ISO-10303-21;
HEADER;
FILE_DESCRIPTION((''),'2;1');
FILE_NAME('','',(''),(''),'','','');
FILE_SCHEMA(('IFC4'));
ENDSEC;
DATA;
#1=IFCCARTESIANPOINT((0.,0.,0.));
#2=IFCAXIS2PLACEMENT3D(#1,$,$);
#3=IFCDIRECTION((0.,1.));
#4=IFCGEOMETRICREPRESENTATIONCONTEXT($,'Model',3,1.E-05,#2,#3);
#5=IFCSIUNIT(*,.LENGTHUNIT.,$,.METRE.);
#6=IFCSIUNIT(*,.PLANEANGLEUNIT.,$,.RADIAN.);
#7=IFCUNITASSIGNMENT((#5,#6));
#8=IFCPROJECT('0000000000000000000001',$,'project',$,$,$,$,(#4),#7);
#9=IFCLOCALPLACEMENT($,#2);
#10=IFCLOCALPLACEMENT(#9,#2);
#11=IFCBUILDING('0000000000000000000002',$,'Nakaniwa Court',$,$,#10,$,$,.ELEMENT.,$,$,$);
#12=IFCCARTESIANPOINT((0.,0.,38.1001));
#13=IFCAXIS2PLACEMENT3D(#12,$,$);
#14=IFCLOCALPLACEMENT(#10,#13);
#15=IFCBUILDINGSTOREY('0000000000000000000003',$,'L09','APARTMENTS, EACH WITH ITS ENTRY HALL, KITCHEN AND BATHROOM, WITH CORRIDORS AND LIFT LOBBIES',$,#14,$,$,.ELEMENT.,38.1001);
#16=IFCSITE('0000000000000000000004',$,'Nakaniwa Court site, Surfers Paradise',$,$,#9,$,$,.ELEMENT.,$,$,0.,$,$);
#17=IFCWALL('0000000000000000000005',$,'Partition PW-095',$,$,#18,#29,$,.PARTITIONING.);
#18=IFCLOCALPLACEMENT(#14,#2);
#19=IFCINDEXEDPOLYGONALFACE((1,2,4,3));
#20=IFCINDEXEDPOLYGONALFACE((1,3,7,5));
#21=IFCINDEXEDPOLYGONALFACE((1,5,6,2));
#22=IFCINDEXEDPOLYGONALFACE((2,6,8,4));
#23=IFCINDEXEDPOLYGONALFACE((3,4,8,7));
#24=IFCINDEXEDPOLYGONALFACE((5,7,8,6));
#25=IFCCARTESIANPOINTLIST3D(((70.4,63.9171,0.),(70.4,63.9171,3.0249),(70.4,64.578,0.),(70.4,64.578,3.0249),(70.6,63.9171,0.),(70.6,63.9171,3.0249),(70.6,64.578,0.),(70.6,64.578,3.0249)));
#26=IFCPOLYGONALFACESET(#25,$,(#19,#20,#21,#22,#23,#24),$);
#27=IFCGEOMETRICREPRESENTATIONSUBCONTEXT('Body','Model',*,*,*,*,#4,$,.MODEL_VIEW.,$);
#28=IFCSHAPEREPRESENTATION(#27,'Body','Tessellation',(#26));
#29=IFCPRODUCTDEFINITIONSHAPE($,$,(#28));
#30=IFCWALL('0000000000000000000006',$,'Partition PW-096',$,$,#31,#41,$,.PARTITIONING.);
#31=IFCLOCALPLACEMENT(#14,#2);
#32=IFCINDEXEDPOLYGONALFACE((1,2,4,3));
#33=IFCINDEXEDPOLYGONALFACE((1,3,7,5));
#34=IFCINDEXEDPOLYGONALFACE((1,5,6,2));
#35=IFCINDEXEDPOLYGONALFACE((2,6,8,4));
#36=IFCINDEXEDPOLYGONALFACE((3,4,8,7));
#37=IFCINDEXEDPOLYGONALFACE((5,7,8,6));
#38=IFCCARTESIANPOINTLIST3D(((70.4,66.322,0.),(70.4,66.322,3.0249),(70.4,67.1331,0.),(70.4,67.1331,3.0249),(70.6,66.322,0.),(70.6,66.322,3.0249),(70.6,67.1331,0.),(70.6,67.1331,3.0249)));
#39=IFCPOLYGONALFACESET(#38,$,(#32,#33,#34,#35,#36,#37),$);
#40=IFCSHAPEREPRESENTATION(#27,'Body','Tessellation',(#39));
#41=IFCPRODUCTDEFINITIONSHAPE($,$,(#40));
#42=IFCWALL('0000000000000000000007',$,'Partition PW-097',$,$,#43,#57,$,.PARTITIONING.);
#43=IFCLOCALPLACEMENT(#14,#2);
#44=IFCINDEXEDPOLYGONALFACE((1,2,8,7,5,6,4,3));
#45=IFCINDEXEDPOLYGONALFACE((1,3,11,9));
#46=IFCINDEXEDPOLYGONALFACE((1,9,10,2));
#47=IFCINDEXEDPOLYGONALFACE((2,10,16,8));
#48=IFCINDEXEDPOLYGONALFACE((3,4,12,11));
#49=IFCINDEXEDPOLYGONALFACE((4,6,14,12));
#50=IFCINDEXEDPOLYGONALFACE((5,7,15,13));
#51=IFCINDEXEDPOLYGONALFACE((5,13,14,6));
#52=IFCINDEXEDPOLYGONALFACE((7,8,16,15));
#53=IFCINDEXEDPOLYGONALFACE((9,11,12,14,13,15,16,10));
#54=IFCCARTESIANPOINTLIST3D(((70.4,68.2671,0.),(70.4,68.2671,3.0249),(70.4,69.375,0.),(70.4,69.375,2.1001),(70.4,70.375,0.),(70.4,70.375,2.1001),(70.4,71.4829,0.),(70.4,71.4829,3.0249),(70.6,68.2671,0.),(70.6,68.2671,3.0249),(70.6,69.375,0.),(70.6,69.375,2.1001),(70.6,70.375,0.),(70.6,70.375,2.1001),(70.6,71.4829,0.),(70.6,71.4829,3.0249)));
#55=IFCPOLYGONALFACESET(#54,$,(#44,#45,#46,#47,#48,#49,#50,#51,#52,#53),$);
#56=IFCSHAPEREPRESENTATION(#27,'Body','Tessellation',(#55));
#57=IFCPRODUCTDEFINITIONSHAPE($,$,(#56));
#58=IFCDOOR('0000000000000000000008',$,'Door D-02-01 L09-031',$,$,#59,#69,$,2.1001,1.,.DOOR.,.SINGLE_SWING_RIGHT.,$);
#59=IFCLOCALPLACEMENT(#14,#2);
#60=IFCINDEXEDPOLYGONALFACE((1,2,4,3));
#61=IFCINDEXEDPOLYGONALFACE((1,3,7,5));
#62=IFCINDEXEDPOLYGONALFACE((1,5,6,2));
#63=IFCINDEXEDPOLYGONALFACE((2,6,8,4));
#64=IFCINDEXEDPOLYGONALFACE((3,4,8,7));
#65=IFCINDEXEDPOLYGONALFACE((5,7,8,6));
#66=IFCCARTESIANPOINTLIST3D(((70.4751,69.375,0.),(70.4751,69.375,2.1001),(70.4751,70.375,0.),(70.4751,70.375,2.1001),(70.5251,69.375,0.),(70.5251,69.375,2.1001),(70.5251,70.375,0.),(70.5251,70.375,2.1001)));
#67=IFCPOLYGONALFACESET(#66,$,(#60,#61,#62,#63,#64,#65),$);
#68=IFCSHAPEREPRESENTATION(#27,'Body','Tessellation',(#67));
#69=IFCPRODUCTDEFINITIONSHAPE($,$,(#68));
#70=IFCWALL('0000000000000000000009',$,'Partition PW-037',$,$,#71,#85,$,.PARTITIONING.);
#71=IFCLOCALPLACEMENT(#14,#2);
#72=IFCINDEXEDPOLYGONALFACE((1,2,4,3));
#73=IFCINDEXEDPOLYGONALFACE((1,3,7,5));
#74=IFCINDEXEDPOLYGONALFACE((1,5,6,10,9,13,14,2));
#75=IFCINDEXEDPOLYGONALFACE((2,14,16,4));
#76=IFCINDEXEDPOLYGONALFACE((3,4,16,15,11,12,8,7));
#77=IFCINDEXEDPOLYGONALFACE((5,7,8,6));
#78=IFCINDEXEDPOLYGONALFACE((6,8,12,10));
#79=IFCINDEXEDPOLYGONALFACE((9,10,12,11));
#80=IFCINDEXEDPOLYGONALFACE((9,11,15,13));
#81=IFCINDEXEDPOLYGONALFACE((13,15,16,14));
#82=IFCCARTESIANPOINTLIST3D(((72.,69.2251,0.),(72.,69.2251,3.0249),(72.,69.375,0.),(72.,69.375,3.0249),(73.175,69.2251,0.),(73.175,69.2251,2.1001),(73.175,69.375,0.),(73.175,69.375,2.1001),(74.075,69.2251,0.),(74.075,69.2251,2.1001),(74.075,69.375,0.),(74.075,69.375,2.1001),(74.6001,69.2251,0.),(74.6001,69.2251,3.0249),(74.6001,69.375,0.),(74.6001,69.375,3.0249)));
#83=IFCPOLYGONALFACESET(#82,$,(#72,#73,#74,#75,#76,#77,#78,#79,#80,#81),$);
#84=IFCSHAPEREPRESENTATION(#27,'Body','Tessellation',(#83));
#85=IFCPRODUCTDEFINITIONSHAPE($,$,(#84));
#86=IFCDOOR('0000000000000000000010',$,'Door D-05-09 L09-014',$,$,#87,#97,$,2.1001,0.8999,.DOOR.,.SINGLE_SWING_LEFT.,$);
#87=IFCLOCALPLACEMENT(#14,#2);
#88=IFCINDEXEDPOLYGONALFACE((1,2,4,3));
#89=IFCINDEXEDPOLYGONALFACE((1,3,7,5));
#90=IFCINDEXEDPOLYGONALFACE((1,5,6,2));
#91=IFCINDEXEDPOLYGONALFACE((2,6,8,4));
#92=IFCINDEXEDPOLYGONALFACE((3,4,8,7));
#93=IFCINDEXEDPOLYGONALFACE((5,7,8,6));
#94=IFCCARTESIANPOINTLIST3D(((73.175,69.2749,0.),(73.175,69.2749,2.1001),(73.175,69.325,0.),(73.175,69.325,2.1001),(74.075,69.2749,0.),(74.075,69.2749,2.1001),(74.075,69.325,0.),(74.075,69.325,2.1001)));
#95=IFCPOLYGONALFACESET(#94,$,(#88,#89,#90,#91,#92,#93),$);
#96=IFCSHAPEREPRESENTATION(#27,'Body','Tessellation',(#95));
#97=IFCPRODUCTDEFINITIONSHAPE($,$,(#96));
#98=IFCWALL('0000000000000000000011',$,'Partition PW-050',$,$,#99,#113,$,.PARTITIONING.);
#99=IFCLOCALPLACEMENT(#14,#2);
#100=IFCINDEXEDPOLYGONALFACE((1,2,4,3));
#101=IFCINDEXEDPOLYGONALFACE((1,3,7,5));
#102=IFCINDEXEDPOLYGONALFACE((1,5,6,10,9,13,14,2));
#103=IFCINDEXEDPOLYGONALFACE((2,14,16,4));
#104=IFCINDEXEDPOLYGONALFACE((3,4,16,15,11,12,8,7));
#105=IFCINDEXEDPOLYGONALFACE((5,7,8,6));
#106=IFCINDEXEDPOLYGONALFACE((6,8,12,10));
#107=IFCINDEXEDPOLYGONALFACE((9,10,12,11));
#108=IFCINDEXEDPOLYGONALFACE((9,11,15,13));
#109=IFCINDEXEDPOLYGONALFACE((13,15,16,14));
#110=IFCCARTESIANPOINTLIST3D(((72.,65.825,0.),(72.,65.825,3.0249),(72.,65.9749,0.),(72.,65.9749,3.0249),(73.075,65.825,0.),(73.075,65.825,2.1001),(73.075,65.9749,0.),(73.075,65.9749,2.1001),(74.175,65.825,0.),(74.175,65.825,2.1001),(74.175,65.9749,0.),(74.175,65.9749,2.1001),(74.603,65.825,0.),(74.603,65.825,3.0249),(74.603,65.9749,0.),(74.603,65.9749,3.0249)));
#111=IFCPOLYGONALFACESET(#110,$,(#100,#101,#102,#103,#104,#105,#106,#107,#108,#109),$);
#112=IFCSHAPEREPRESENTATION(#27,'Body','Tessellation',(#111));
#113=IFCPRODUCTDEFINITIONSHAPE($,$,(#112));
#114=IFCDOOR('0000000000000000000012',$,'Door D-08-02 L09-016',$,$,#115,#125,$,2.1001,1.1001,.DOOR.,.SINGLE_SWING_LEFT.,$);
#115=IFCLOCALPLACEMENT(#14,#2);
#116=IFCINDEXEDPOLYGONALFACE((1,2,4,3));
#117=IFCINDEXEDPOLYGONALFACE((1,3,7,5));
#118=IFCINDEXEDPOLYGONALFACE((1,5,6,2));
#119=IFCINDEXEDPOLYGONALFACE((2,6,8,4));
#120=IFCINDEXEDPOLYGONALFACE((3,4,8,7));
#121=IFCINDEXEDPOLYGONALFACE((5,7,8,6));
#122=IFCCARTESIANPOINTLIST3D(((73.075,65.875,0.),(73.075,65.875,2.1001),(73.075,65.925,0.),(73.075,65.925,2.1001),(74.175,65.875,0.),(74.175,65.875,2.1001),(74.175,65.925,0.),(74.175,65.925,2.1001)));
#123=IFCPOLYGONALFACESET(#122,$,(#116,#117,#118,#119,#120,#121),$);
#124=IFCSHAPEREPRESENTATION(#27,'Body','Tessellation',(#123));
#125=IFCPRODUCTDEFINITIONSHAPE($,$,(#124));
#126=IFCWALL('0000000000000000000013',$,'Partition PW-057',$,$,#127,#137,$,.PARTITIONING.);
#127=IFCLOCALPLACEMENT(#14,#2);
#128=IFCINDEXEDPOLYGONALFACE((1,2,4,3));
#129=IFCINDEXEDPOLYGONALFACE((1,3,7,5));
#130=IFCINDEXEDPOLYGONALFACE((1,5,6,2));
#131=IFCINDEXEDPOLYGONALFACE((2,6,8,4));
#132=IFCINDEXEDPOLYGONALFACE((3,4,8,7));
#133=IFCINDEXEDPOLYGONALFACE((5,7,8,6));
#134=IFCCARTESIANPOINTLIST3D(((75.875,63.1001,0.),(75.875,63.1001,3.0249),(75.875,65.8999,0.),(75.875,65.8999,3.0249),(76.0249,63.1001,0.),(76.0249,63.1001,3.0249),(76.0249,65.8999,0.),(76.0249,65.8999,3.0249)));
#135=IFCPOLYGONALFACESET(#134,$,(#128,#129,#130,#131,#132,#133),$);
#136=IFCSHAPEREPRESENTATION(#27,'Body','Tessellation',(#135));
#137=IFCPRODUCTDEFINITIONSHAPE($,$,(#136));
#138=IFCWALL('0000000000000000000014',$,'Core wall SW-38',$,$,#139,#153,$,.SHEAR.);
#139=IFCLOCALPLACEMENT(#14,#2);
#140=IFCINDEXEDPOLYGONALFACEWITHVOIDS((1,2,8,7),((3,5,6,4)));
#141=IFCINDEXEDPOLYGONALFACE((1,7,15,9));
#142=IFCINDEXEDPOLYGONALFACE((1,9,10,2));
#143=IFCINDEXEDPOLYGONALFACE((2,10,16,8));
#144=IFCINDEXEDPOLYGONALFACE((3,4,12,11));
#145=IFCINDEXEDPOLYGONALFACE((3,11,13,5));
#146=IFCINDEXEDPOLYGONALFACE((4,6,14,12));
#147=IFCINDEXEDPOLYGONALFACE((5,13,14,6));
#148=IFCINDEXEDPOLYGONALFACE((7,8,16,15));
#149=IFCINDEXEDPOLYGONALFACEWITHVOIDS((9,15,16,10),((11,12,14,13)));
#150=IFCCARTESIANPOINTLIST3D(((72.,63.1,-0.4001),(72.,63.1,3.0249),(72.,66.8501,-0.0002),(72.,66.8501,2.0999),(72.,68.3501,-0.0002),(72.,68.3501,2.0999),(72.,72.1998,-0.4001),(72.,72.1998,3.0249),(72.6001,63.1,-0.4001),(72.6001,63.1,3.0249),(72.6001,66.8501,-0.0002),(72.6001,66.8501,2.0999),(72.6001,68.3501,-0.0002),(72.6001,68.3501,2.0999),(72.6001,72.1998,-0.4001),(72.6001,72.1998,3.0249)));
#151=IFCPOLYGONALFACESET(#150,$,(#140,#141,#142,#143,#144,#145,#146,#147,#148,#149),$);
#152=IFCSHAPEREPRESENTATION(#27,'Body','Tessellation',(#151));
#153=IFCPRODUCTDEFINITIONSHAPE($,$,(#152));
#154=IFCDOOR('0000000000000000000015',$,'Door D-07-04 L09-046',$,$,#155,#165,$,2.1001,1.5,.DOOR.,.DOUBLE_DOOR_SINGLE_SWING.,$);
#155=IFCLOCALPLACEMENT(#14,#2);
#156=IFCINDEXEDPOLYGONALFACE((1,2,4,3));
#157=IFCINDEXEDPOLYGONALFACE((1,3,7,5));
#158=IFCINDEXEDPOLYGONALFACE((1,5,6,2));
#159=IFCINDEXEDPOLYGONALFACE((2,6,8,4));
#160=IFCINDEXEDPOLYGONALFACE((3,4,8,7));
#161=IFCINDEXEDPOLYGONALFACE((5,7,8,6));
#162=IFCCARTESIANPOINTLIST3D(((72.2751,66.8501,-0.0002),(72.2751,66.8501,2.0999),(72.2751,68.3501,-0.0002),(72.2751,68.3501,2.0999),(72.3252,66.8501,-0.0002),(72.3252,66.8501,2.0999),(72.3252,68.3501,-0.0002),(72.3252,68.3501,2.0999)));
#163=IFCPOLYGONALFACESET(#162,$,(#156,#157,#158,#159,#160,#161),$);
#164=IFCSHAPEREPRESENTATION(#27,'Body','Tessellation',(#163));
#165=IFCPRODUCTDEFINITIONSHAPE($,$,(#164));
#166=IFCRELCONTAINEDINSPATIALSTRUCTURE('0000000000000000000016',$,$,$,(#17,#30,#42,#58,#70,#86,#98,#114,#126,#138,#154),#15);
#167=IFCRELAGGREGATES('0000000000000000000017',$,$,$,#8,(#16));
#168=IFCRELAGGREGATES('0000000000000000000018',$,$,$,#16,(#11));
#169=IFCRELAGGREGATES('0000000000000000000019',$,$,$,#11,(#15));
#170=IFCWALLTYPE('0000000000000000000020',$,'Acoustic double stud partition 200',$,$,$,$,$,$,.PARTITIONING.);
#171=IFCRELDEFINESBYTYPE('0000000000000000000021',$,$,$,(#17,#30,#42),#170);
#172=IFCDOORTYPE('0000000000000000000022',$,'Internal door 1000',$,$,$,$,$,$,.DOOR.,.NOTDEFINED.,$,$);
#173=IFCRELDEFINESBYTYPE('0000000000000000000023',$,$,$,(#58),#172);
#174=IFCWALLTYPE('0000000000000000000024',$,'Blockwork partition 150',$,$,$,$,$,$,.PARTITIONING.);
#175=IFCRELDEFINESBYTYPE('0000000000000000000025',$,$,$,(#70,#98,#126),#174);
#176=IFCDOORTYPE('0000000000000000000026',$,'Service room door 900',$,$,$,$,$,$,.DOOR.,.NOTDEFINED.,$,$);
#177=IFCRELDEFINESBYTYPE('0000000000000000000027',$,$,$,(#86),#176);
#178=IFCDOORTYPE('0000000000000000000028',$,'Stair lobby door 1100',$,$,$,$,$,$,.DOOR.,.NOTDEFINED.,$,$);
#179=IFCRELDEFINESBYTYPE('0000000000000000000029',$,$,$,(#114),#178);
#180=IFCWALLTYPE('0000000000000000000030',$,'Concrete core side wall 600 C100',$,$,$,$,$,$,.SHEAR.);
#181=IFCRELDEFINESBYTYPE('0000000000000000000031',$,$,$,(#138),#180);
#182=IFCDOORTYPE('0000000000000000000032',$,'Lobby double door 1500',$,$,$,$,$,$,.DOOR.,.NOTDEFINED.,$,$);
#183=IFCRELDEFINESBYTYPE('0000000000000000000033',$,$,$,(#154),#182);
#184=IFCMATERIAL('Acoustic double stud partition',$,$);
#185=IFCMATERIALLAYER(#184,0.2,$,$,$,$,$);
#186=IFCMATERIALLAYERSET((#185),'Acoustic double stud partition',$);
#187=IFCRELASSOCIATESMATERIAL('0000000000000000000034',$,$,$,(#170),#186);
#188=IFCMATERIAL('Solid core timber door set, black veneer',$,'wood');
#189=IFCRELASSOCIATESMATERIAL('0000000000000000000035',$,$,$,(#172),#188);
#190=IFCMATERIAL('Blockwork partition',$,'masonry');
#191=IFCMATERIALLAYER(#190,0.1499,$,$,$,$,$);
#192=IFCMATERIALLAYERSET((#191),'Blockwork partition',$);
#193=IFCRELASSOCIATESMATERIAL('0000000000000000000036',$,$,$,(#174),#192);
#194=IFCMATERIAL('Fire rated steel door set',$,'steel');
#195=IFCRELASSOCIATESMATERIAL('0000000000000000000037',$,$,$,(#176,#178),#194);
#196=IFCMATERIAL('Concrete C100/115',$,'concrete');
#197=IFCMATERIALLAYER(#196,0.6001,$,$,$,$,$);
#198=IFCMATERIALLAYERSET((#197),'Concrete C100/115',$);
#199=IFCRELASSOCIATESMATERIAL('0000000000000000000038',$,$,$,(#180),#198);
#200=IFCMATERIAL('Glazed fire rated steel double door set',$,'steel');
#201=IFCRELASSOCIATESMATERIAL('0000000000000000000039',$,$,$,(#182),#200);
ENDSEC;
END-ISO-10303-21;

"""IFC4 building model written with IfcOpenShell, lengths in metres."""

from ifc_helpers import new_model, si_unit, direction, frame, frame_2d, origin, place, context, subcontext, project, spatial, rectangle, extrude, material, layer, layer_set, type_object, element, fill, save


model = new_model("IFC4")

# Units and contexts
model_context = context("Model", 3, precision=1e-05, world=origin(), true_north=direction((0.0, 1.0)))
body_context = subcontext(model_context, "Body", "Model", "MODEL_VIEW")
ifc_project = project(units=[si_unit("LENGTHUNIT", "METRE"), si_unit("PLANEANGLEUNIT", "RADIAN")], contexts=[model_context])

# Site, building, storey
site_placement = place(None, origin())
site = spatial("IfcSite", under=ifc_project, at=site_placement, Name="Nakaniwa Court site, Surfers Paradise", CompositionType="ELEMENT", RefElevation=0.0)
building_placement = place(site_placement, origin())
building = spatial("IfcBuilding", under=site, at=building_placement, Name="Nakaniwa Court", CompositionType="ELEMENT")
storey_placement = place(building_placement, frame((0.0, 0.0, 38.1001)))
storey = spatial("IfcBuildingStorey", under=building, at=storey_placement, Name="L09", Description="APARTMENTS, EACH WITH ITS ENTRY HALL, KITCHEN AND BATHROOM, WITH CORRIDORS AND LIFT LOBBIES", CompositionType="ELEMENT", Elevation=38.1001)

# Walls
ifc_material_1 = material(Name="Acoustic double stud partition")
ifc_layer_1 = layer(ifc_material_1, 0.2)
ifc_layer_set_1 = layer_set([ifc_layer_1], Name="Acoustic double stud partition")
wall_type_1 = type_object("IfcWallType", Name="Acoustic double stud partition 200", PredefinedType="PARTITIONING", material=ifc_layer_set_1)
wall_1_placement = place(storey_placement, frame((70.5, 63.917, 0.0), z_axis=(0.0, 0.0, 1.0), x_axis=(0.0, 1.0, 0.0)))
element("IfcWall", 1, at=wall_1_placement, inside=storey, type_object=wall_type_1, Name="Partition PW-095", PredefinedType="PARTITIONING", context=body_context, shape_type="SweptSolid", body=[
    extrude(rectangle(XDim=0.6609, YDim=0.2, at=frame_2d((0.3306, 0.0))), origin(), (0.0, 0.0, 1.0), 3.0249),
])
wall_2_placement = place(storey_placement, frame((70.5, 66.322, 0.0), z_axis=(0.0, 0.0, 1.0), x_axis=(0.0, 1.0, 0.0)))
element("IfcWall", 2, at=wall_2_placement, inside=storey, type_object=wall_type_1, Name="Partition PW-096", PredefinedType="PARTITIONING", context=body_context, shape_type="SweptSolid", body=[
    extrude(rectangle(XDim=0.811, YDim=0.2, at=frame_2d((0.4055, 0.0))), origin(), (0.0, 0.0, 1.0), 3.0249),
])

# Walls, openings, doors
wall_3_placement = place(storey_placement, frame((70.5, 68.2671, 0.0), z_axis=(0.0, 0.0, 1.0), x_axis=(0.0, 1.0, 0.0)))
wall_3 = element("IfcWall", 3, at=wall_3_placement, inside=storey, type_object=wall_type_1, Name="Partition PW-097", PredefinedType="PARTITIONING", context=body_context, shape_type="SweptSolid", body=[
    extrude(rectangle(XDim=3.2158, YDim=0.2, at=frame_2d((1.6079, 0.0))), origin(), (0.0, 0.0, 1.0), 3.0249),
])
opening_1_placement = place(wall_3_placement, frame((1.1079, 0.0, 0.0)))
opening_1 = element("IfcOpeningElement", 4, at=opening_1_placement, cuts=wall_3, PredefinedType="OPENING", context=body_context, shape_type="SweptSolid", body=[
    extrude(rectangle(XDim=1.0, YDim=2.1001, at=frame_2d((0.5, 1.05))), frame((0.0, 0.1099, 0.0), z_axis=(0.0, -1.0, 0.0), x_axis=(1.0, 0.0, 0.0)), (0.0, 0.0, 1.0), 0.22),
])
ifc_material_2 = material(Name="Solid core timber door set, black veneer", Category="wood")
door_type_1 = type_object("IfcDoorType", Name="Internal door 1000", OperationType="NOTDEFINED", PredefinedType="DOOR", material=ifc_material_2)
door_1_placement = place(opening_1_placement, origin())
door_1 = element("IfcDoor", 5, at=door_1_placement, inside=storey, type_object=door_type_1, Name="Door D-02-01 L09-031", OperationType="SINGLE_SWING_RIGHT", OverallHeight=2.1001, OverallWidth=1.0, PredefinedType="DOOR", context=body_context, shape_type="SweptSolid", body=[
    extrude(rectangle(XDim=1.0, YDim=2.1001, at=frame_2d((0.5, 1.05))), frame((0.0, 0.0249, 0.0), z_axis=(0.0, -1.0, 0.0), x_axis=(1.0, 0.0, 0.0)), (0.0, 0.0, 1.0), 0.05),
])
fill(opening_1, door_1)
ifc_material_3 = material(Name="Blockwork partition", Category="masonry")
ifc_layer_2 = layer(ifc_material_3, 0.1499)
ifc_layer_set_2 = layer_set([ifc_layer_2], Name="Blockwork partition")
wall_type_2 = type_object("IfcWallType", Name="Blockwork partition 150", PredefinedType="PARTITIONING", material=ifc_layer_set_2)
wall_4_placement = place(storey_placement, frame((72.0, 69.3, 0.0), z_axis=(0.0, 0.0, 1.0), x_axis=(1.0, 0.0, 0.0)))
wall_4 = element("IfcWall", 6, at=wall_4_placement, inside=storey, type_object=wall_type_2, Name="Partition PW-037", PredefinedType="PARTITIONING", context=body_context, shape_type="SweptSolid", body=[
    extrude(rectangle(XDim=2.6001, YDim=0.1499, at=frame_2d((1.3, 0.0))), origin(), (0.0, 0.0, 1.0), 3.0249),
])
opening_2_placement = place(wall_4_placement, frame((1.175, 0.0, 0.0)))
opening_2 = element("IfcOpeningElement", 7, at=opening_2_placement, cuts=wall_4, PredefinedType="OPENING", context=body_context, shape_type="SweptSolid", body=[
    extrude(rectangle(XDim=0.8999, YDim=2.1001, at=frame_2d((0.45, 1.05))), frame((0.0, 0.085, 0.0), z_axis=(0.0, -1.0, 0.0), x_axis=(1.0, 0.0, 0.0)), (0.0, 0.0, 1.0), 0.1699),
])
ifc_material_4 = material(Name="Fire rated steel door set", Category="steel")
door_type_2 = type_object("IfcDoorType", Name="Service room door 900", OperationType="NOTDEFINED", PredefinedType="DOOR", material=ifc_material_4)
door_2_placement = place(opening_2_placement, origin())
door_2 = element("IfcDoor", 8, at=door_2_placement, inside=storey, type_object=door_type_2, Name="Door D-05-09 L09-014", OperationType="SINGLE_SWING_LEFT", OverallHeight=2.1001, OverallWidth=0.8999, PredefinedType="DOOR", context=body_context, shape_type="SweptSolid", body=[
    extrude(rectangle(XDim=0.8999, YDim=2.1001, at=frame_2d((0.45, 1.05))), frame((0.0, 0.0249, 0.0), z_axis=(0.0, -1.0, 0.0), x_axis=(1.0, 0.0, 0.0)), (0.0, 0.0, 1.0), 0.05),
])
fill(opening_2, door_2)
wall_5_placement = place(storey_placement, frame((74.603, 65.8999, 0.0), z_axis=(0.0, 0.0, 1.0), x_axis=(-1.0, 0.0, 0.0)))
wall_5 = element("IfcWall", 9, at=wall_5_placement, inside=storey, type_object=wall_type_2, Name="Partition PW-050", PredefinedType="PARTITIONING", context=body_context, shape_type="SweptSolid", body=[
    extrude(rectangle(XDim=2.603, YDim=0.1499, at=frame_2d((1.3015, 0.0))), origin(), (0.0, 0.0, 1.0), 3.0249),
])
opening_3_placement = place(wall_5_placement, frame((0.428, 0.0, 0.0)))
opening_3 = element("IfcOpeningElement", 10, at=opening_3_placement, cuts=wall_5, PredefinedType="OPENING", context=body_context, shape_type="SweptSolid", body=[
    extrude(rectangle(XDim=1.1001, YDim=2.1001, at=frame_2d((0.55, 1.05))), frame((0.0, 0.085, 0.0), z_axis=(0.0, -1.0, 0.0), x_axis=(1.0, 0.0, 0.0)), (0.0, 0.0, 1.0), 0.1699),
])
door_type_3 = type_object("IfcDoorType", Name="Stair lobby door 1100", OperationType="NOTDEFINED", PredefinedType="DOOR", material=ifc_material_4)
door_3_placement = place(opening_3_placement, origin())
door_3 = element("IfcDoor", 11, at=door_3_placement, inside=storey, type_object=door_type_3, Name="Door D-08-02 L09-016", OperationType="SINGLE_SWING_LEFT", OverallHeight=2.1001, OverallWidth=1.1001, PredefinedType="DOOR", context=body_context, shape_type="SweptSolid", body=[
    extrude(rectangle(XDim=1.1001, YDim=2.1001, at=frame_2d((0.55, 1.05))), frame((0.0, 0.0249, 0.0), z_axis=(0.0, -1.0, 0.0), x_axis=(1.0, 0.0, 0.0)), (0.0, 0.0, 1.0), 0.05),
])
fill(opening_3, door_3)

# Wall
wall_6_placement = place(storey_placement, frame((75.95, 63.1001, 0.0), z_axis=(0.0, 0.0, 1.0), x_axis=(0.0, 1.0, 0.0)))
element("IfcWall", 12, at=wall_6_placement, inside=storey, type_object=wall_type_2, Name="Partition PW-057", PredefinedType="PARTITIONING", context=body_context, shape_type="SweptSolid", body=[
    extrude(rectangle(XDim=2.7998, YDim=0.1499, at=frame_2d((1.3999, 0.0))), origin(), (0.0, 0.0, 1.0), 3.0249),
])

# Wall, opening, door
ifc_material_5 = material(Name="Concrete C100/115", Category="concrete")
ifc_layer_3 = layer(ifc_material_5, 0.6001)
ifc_layer_set_3 = layer_set([ifc_layer_3], Name="Concrete C100/115")
wall_type_3 = type_object("IfcWallType", Name="Concrete core side wall 600 C100", PredefinedType="SHEAR", material=ifc_layer_set_3)
wall_7_placement = place(storey_placement, frame((72.3, 63.1001, -0.4001), z_axis=(0.0, 0.0, 1.0), x_axis=(0.0, 1.0, 0.0)))
wall_7 = element("IfcWall", 13, at=wall_7_placement, inside=storey, type_object=wall_type_3, Name="Core wall SW-38", PredefinedType="SHEAR", context=body_context, shape_type="SweptSolid", body=[
    extrude(rectangle(XDim=9.0999, YDim=0.6001, at=frame_2d((4.5498, 0.0))), origin(), (0.0, 0.0, 1.0), 3.425),
])
opening_4_placement = place(wall_7_placement, frame((3.75, 0.0, 0.3999)))
opening_4 = element("IfcOpeningElement", 14, at=opening_4_placement, cuts=wall_7, PredefinedType="OPENING", context=body_context, shape_type="SweptSolid", body=[
    extrude(rectangle(XDim=1.5, YDim=2.1001, at=frame_2d((0.75, 1.05))), frame((0.0, 0.3101, 0.0), z_axis=(0.0, -1.0, 0.0), x_axis=(1.0, 0.0, 0.0)), (0.0, 0.0, 1.0), 0.6201),
])
ifc_material_6 = material(Name="Glazed fire rated steel double door set", Category="steel")
door_type_4 = type_object("IfcDoorType", Name="Lobby double door 1500", OperationType="NOTDEFINED", PredefinedType="DOOR", material=ifc_material_6)
door_4_placement = place(opening_4_placement, origin())
door_4 = element("IfcDoor", 15, at=door_4_placement, inside=storey, type_object=door_type_4, Name="Door D-07-04 L09-046", OperationType="DOUBLE_DOOR_SINGLE_SWING", OverallHeight=2.1001, OverallWidth=1.5, PredefinedType="DOOR", context=body_context, shape_type="SweptSolid", body=[
    extrude(rectangle(XDim=1.5, YDim=2.1001, at=frame_2d((0.75, 1.05))), frame((0.0, 0.0249, 0.0), z_axis=(0.0, -1.0, 0.0), x_axis=(1.0, 0.0, 0.0)), (0.0, 0.0, 1.0), 0.05),
])
fill(opening_4, door_4)

save(model, "model.ifc")
